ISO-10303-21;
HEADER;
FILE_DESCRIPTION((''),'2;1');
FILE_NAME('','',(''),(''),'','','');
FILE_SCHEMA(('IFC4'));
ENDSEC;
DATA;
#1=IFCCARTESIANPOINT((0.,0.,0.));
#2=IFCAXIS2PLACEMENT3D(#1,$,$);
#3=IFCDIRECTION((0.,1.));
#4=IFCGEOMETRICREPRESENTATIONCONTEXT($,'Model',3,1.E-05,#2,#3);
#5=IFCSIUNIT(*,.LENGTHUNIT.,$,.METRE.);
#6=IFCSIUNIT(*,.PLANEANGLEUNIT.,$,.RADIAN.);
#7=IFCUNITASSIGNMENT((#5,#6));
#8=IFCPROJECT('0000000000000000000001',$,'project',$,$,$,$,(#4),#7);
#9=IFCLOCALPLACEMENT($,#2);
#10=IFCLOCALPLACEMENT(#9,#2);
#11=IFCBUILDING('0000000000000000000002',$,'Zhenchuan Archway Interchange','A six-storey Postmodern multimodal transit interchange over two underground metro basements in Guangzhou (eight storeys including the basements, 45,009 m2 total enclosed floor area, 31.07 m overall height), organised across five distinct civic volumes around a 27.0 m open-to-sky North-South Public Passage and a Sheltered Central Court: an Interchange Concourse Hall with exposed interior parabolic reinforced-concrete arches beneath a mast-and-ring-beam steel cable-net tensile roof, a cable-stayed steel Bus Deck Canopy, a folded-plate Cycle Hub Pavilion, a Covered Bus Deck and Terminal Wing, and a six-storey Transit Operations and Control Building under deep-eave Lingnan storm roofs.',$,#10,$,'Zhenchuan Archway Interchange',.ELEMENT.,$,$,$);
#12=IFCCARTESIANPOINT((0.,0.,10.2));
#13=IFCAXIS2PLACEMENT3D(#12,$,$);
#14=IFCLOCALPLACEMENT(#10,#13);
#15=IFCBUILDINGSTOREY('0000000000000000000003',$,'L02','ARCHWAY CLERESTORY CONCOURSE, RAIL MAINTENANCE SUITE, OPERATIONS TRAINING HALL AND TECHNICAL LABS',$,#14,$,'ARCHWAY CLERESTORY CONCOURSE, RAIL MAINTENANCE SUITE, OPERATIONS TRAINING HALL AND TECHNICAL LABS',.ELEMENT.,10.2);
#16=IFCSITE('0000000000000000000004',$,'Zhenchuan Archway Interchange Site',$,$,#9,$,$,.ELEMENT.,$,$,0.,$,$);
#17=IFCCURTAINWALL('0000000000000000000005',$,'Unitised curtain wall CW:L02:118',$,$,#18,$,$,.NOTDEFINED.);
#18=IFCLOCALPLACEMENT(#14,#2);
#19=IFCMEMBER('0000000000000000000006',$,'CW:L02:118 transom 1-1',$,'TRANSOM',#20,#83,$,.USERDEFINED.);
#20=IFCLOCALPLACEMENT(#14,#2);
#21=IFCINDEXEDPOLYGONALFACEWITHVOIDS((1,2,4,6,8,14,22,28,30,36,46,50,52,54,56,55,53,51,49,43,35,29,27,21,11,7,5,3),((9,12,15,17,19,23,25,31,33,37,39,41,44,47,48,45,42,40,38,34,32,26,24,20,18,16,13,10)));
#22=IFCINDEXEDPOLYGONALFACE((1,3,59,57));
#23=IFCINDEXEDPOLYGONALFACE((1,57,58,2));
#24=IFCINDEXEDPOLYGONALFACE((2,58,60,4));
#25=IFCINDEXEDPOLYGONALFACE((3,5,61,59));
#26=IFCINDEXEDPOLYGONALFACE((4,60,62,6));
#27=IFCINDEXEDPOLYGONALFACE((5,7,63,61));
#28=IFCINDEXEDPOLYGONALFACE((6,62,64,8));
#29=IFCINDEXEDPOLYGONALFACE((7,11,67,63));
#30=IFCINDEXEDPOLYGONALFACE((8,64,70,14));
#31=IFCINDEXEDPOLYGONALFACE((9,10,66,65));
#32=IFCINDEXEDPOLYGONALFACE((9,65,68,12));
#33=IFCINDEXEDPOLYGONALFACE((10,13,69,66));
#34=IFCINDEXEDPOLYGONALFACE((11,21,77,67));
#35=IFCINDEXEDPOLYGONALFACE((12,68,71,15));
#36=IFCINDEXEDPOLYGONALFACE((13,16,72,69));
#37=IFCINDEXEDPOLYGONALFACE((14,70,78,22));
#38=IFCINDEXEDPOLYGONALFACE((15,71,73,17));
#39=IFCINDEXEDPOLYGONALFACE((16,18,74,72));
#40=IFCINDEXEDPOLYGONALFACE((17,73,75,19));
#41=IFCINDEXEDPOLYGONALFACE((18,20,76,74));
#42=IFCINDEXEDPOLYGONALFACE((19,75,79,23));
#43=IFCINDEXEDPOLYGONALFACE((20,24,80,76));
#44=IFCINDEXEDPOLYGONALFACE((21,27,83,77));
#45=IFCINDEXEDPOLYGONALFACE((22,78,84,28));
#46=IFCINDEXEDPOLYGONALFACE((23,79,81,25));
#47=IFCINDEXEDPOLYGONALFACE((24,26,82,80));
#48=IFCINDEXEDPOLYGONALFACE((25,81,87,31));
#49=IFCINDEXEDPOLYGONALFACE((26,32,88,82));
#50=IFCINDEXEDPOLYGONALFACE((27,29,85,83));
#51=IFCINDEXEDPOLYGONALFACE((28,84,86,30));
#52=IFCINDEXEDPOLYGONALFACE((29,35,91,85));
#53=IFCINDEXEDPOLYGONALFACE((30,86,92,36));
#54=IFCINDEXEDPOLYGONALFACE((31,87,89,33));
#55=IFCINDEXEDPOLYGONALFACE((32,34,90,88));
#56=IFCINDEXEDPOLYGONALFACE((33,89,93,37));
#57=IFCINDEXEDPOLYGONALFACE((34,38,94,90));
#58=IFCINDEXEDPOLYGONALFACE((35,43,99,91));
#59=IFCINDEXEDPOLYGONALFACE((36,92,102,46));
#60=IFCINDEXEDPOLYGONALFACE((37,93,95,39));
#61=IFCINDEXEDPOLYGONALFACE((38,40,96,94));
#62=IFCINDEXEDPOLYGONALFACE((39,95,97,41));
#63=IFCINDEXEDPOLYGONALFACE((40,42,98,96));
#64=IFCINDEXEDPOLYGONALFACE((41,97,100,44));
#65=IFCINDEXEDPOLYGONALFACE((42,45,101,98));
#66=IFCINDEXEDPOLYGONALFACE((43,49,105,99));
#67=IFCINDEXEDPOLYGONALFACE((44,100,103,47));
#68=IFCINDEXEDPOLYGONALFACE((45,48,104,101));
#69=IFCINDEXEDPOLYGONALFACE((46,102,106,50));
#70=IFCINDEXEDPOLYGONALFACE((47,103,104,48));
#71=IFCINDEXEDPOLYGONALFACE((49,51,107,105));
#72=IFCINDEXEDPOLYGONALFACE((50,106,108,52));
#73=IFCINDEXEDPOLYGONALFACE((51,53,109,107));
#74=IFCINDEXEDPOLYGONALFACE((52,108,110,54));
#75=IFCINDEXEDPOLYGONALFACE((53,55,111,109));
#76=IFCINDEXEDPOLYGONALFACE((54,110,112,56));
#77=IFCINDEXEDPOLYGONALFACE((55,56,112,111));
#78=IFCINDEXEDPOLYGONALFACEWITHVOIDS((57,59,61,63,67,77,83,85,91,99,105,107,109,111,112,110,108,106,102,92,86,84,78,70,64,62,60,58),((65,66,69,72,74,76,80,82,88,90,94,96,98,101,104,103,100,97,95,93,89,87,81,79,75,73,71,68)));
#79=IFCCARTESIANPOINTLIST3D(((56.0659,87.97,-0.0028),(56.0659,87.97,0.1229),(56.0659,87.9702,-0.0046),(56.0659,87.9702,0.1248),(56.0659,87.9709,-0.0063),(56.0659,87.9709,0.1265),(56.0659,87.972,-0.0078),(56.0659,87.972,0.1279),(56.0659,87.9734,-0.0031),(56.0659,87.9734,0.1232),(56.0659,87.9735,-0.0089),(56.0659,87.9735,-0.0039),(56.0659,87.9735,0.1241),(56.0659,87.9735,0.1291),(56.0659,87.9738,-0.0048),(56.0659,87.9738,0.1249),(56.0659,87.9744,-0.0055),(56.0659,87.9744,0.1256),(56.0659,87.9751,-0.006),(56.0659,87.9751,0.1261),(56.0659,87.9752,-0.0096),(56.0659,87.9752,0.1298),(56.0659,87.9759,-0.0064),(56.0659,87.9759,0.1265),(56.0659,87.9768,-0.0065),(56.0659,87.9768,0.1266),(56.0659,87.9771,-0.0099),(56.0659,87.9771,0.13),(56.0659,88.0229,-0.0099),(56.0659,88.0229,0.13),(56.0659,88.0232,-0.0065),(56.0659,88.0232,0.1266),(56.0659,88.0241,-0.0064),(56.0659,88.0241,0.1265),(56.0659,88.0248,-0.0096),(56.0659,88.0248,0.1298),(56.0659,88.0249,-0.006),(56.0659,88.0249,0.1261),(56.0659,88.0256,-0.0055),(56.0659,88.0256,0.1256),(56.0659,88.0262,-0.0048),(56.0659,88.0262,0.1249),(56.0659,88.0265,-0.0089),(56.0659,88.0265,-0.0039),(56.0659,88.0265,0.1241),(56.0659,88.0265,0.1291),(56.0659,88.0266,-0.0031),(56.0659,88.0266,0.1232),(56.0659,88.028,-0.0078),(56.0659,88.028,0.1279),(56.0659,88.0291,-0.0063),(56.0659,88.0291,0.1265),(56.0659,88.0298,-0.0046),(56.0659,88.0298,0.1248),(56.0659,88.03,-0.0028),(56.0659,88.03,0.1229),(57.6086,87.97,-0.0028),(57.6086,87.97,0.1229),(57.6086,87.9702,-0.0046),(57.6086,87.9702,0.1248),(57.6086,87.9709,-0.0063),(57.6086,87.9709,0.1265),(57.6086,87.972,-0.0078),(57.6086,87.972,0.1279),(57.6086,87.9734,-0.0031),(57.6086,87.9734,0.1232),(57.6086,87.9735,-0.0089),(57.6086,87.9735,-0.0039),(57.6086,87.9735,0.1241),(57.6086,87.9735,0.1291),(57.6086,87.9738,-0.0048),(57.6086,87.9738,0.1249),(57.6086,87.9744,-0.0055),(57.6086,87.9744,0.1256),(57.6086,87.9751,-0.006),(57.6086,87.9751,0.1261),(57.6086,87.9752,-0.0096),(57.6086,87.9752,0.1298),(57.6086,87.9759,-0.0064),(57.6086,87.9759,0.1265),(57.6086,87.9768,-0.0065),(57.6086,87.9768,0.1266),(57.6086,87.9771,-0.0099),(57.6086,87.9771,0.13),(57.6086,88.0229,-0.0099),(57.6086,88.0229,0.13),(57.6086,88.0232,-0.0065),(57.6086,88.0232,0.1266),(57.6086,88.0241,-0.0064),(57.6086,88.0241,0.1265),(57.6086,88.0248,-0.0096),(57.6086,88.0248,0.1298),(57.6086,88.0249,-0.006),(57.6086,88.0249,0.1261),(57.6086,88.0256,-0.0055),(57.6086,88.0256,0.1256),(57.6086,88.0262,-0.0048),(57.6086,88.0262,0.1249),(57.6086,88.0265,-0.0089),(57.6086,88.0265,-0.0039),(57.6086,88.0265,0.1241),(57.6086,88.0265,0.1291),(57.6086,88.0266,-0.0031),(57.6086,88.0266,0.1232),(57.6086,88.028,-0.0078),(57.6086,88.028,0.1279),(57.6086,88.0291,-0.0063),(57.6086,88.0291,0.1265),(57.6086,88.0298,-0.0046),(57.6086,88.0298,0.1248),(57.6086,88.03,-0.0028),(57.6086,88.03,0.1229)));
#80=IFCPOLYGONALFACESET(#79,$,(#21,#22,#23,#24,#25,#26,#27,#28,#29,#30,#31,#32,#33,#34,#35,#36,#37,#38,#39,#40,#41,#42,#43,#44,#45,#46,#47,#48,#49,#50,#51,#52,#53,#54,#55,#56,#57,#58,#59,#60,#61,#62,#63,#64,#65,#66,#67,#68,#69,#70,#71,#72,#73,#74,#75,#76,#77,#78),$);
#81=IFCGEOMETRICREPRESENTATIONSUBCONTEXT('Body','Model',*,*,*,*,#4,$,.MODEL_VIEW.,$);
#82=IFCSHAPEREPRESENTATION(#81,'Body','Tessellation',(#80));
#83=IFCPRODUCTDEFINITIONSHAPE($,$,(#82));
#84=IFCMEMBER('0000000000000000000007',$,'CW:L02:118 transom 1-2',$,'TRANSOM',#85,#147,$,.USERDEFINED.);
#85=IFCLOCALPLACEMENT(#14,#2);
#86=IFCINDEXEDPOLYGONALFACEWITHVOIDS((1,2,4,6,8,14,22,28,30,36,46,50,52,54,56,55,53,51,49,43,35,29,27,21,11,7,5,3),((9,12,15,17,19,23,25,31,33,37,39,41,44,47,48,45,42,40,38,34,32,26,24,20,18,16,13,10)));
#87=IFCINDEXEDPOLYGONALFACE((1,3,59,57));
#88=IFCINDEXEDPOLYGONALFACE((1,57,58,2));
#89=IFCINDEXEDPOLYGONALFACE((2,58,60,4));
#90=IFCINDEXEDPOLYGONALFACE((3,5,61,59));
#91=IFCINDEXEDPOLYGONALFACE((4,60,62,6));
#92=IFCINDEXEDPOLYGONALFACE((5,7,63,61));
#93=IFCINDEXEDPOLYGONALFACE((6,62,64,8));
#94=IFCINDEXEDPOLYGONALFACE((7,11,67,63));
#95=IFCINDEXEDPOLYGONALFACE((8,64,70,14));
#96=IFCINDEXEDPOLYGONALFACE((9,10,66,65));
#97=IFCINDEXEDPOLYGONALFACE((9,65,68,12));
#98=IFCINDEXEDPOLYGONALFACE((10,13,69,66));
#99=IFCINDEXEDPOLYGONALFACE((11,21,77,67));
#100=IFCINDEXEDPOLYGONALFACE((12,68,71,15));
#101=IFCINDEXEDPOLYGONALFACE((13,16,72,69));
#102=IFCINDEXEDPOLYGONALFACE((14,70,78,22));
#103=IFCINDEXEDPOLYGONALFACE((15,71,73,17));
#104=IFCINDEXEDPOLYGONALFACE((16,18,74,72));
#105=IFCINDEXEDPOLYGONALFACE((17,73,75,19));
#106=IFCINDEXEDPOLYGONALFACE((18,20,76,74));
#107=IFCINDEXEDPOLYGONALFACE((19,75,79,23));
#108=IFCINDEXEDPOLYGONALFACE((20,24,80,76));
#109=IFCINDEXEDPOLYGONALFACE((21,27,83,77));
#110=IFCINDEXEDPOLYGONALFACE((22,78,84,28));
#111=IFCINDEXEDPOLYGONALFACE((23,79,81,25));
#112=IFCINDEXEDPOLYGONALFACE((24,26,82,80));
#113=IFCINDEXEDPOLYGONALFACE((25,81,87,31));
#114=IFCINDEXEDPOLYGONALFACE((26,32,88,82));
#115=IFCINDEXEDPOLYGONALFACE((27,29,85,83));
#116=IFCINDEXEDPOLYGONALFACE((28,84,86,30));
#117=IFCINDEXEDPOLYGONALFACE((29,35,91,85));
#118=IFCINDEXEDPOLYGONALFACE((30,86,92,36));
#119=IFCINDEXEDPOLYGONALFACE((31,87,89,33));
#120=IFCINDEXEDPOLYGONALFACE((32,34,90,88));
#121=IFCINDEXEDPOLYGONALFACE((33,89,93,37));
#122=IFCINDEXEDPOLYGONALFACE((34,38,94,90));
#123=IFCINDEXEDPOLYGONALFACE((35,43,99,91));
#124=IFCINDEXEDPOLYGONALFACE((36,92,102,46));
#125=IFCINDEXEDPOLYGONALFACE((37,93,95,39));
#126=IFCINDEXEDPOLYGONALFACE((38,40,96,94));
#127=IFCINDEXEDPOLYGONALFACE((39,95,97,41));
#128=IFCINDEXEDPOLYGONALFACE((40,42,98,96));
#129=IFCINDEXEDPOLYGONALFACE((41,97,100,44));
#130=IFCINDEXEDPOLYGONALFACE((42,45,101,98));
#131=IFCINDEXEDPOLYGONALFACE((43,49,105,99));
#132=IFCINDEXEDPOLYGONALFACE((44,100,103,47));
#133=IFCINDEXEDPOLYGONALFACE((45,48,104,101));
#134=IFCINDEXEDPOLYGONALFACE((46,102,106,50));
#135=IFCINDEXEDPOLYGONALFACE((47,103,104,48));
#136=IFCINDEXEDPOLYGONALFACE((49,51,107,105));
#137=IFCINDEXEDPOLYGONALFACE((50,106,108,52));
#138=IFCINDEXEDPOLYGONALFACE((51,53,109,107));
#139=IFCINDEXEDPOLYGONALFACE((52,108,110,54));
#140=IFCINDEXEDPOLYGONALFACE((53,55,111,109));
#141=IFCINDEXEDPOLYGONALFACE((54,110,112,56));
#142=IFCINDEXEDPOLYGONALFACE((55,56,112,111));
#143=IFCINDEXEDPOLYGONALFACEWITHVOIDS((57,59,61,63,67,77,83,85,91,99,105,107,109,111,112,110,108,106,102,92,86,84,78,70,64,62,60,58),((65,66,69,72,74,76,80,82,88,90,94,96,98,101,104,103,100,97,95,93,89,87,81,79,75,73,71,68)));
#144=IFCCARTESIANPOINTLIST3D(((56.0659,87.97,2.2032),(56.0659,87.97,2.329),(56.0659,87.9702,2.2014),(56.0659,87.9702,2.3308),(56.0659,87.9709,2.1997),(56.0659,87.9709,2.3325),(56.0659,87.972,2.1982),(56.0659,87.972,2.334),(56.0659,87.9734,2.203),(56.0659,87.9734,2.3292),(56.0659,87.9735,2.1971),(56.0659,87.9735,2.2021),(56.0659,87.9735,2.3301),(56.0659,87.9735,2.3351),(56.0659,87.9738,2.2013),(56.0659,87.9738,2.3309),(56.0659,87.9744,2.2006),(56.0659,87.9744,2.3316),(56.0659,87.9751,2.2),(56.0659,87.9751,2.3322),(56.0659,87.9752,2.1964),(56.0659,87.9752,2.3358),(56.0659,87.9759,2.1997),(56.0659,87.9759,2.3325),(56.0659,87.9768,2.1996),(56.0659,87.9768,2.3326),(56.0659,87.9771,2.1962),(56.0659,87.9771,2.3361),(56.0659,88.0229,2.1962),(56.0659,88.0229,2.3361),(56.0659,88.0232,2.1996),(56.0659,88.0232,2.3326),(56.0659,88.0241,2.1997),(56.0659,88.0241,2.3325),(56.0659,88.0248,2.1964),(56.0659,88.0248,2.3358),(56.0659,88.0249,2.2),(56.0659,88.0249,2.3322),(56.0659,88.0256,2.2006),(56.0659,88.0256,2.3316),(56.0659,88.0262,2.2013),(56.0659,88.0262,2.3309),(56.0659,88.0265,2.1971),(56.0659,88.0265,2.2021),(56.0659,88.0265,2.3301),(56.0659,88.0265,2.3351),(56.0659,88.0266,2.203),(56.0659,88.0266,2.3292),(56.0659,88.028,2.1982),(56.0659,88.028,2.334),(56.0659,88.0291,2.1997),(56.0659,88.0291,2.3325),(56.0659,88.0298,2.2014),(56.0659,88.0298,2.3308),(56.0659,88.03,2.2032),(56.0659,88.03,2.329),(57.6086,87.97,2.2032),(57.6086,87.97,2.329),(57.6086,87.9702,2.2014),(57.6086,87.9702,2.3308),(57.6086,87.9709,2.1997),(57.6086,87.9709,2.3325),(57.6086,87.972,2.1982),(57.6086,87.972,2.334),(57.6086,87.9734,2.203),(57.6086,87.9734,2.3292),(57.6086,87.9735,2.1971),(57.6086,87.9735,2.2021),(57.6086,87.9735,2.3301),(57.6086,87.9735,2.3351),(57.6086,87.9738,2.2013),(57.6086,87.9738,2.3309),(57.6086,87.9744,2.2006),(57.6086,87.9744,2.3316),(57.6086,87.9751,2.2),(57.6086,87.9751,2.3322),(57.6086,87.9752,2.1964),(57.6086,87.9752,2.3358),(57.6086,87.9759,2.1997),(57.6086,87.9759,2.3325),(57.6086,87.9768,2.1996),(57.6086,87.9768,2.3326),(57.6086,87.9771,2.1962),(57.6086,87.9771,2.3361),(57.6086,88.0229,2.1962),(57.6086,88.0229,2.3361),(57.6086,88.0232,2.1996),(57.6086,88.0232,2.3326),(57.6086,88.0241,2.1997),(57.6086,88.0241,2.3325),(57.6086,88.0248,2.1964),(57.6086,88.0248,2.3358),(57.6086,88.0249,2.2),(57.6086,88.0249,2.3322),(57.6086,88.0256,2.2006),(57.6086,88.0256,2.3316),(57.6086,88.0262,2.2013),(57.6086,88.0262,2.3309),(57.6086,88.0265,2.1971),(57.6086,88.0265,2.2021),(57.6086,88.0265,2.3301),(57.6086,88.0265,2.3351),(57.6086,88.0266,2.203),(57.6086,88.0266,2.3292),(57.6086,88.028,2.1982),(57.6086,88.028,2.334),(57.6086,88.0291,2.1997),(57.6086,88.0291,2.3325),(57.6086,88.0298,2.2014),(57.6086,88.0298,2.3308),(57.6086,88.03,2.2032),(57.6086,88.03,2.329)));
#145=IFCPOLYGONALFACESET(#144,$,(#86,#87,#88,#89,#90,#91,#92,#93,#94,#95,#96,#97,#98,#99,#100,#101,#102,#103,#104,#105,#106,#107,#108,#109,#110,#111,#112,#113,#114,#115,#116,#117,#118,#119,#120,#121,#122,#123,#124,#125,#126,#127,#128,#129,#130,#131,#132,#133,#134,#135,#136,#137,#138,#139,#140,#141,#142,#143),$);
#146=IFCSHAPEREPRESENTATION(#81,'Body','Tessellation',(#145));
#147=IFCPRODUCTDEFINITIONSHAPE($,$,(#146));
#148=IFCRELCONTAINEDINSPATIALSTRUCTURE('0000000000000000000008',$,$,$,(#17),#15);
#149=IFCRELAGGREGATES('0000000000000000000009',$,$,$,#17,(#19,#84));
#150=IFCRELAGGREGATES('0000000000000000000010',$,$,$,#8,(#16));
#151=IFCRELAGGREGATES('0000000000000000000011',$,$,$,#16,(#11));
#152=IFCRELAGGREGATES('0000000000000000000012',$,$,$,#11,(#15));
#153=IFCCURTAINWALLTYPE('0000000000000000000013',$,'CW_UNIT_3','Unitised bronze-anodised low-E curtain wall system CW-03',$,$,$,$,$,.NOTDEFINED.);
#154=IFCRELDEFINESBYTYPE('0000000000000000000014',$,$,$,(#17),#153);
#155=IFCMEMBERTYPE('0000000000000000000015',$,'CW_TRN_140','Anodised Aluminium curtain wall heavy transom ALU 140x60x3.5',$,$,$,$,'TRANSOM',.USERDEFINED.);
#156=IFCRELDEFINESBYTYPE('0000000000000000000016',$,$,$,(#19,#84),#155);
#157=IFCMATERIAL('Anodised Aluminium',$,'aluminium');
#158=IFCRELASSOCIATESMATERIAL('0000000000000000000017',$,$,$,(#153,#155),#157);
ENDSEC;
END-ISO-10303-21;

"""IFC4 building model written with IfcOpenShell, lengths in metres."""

from ifc_helpers import new_model, si_unit, direction, frame, origin, origin_2d, place, context, subcontext, project, spatial, hollow_rectangle, extrude, material, material_profile, profile_set, type_object, element, aggregate, save


model = new_model("IFC4")

# Units and contexts
model_context = context("Model", 3, precision=1e-05, world=origin(), true_north=direction((0.0, 1.0)))
body_context = subcontext(model_context, "Body", "Model", "MODEL_VIEW")
ifc_project = project(units=[si_unit("LENGTHUNIT", "METRE"), si_unit("PLANEANGLEUNIT", "RADIAN")], contexts=[model_context])

# Site, building, storey
site_placement = place(None, origin())
site = spatial("IfcSite", under=ifc_project, at=site_placement, Name="Zhenchuan Archway Interchange Site", CompositionType="ELEMENT", RefElevation=0.0)
building_placement = place(site_placement, origin())
building = spatial("IfcBuilding", under=site, at=building_placement, Name="Zhenchuan Archway Interchange", Description="A six-storey Postmodern multimodal transit interchange over two underground metro basements in Guangzhou (eight storeys including the basements, 45,009 m2 total enclosed floor area, 31.07 m overall height), organised across five distinct civic volumes around a 27.0 m open-to-sky North-South Public Passage and a Sheltered Central Court: an Interchange Concourse Hall with exposed interior parabolic reinforced-concrete arches beneath a mast-and-ring-beam steel cable-net tensile roof, a cable-stayed steel Bus Deck Canopy, a folded-plate Cycle Hub Pavilion, a Covered Bus Deck and Terminal Wing, and a six-storey Transit Operations and Control Building under deep-eave Lingnan storm roofs.", LongName="Zhenchuan Archway Interchange", CompositionType="ELEMENT")
storey_placement = place(building_placement, frame((0.0, 0.0, 10.2)))
storey = spatial("IfcBuildingStorey", under=building, at=storey_placement, Name="L02", Description="ARCHWAY CLERESTORY CONCOURSE, RAIL MAINTENANCE SUITE, OPERATIONS TRAINING HALL AND TECHNICAL LABS", LongName="ARCHWAY CLERESTORY CONCOURSE, RAIL MAINTENANCE SUITE, OPERATIONS TRAINING HALL AND TECHNICAL LABS", CompositionType="ELEMENT", Elevation=10.2)

# Shared definitions
ifc_material_1 = material(Name="Anodised Aluminium", Category="aluminium")

# Curtain wall, members
curtain_wall_type_1 = type_object("IfcCurtainWallType", Name="CW_UNIT_3", Description="Unitised bronze-anodised low-E curtain wall system CW-03", PredefinedType="NOTDEFINED", material=ifc_material_1)
curtain_wall_1_placement = place(storey_placement, origin())
curtain_wall_1 = element("IfcCurtainWall", 1, at=curtain_wall_1_placement, inside=storey, type_object=curtain_wall_type_1, Name="Unitised curtain wall CW:L02:118", PredefinedType="NOTDEFINED")
ifc_material_profile_1 = material_profile(ifc_material_1, hollow_rectangle(XDim=0.0601, YDim=0.1399, WallThickness=0.0034, InnerFilletRadius=0.0034, OuterFilletRadius=0.0071, at=origin_2d()), Name="ALU 140x60x3.5")
ifc_profile_set_1 = profile_set([ifc_material_profile_1], Name="Anodised Aluminium")
member_type_1 = type_object("IfcMemberType", Name="CW_TRN_140", Description="Anodised Aluminium curtain wall heavy transom ALU 140x60x3.5", ElementType="TRANSOM", PredefinedType="USERDEFINED", material=ifc_profile_set_1)
member_1_placement = place(storey_placement, frame((56.0659, 88.0, 0.0601), z_axis=(1.0, 0.0, 0.0), x_axis=(0.0, 1.0, 0.0)))
member_1 = element("IfcMember", 2, at=member_1_placement, type_object=member_type_1, Name="CW:L02:118 transom 1-1", ObjectType="TRANSOM", PredefinedType="USERDEFINED", context=body_context, shape_type="SweptSolid", body=[
    extrude(hollow_rectangle(XDim=0.0601, YDim=0.1399, WallThickness=0.0034, InnerFilletRadius=0.0034, OuterFilletRadius=0.0071, at=origin_2d()), origin(), (0.0, 0.0, 1.0), 1.5427),
])
member_2_placement = place(storey_placement, frame((56.0659, 88.0, 2.2661), z_axis=(1.0, 0.0, 0.0), x_axis=(0.0, 1.0, 0.0)))
member_2 = element("IfcMember", 3, at=member_2_placement, type_object=member_type_1, Name="CW:L02:118 transom 1-2", ObjectType="TRANSOM", PredefinedType="USERDEFINED", context=body_context, shape_type="SweptSolid", body=[
    extrude(hollow_rectangle(XDim=0.0601, YDim=0.1399, WallThickness=0.0034, InnerFilletRadius=0.0034, OuterFilletRadius=0.0071, at=origin_2d()), origin(), (0.0, 0.0, 1.0), 1.5427),
])

aggregate(curtain_wall_1, [member_1, member_2])

save(model, "model.ifc")
